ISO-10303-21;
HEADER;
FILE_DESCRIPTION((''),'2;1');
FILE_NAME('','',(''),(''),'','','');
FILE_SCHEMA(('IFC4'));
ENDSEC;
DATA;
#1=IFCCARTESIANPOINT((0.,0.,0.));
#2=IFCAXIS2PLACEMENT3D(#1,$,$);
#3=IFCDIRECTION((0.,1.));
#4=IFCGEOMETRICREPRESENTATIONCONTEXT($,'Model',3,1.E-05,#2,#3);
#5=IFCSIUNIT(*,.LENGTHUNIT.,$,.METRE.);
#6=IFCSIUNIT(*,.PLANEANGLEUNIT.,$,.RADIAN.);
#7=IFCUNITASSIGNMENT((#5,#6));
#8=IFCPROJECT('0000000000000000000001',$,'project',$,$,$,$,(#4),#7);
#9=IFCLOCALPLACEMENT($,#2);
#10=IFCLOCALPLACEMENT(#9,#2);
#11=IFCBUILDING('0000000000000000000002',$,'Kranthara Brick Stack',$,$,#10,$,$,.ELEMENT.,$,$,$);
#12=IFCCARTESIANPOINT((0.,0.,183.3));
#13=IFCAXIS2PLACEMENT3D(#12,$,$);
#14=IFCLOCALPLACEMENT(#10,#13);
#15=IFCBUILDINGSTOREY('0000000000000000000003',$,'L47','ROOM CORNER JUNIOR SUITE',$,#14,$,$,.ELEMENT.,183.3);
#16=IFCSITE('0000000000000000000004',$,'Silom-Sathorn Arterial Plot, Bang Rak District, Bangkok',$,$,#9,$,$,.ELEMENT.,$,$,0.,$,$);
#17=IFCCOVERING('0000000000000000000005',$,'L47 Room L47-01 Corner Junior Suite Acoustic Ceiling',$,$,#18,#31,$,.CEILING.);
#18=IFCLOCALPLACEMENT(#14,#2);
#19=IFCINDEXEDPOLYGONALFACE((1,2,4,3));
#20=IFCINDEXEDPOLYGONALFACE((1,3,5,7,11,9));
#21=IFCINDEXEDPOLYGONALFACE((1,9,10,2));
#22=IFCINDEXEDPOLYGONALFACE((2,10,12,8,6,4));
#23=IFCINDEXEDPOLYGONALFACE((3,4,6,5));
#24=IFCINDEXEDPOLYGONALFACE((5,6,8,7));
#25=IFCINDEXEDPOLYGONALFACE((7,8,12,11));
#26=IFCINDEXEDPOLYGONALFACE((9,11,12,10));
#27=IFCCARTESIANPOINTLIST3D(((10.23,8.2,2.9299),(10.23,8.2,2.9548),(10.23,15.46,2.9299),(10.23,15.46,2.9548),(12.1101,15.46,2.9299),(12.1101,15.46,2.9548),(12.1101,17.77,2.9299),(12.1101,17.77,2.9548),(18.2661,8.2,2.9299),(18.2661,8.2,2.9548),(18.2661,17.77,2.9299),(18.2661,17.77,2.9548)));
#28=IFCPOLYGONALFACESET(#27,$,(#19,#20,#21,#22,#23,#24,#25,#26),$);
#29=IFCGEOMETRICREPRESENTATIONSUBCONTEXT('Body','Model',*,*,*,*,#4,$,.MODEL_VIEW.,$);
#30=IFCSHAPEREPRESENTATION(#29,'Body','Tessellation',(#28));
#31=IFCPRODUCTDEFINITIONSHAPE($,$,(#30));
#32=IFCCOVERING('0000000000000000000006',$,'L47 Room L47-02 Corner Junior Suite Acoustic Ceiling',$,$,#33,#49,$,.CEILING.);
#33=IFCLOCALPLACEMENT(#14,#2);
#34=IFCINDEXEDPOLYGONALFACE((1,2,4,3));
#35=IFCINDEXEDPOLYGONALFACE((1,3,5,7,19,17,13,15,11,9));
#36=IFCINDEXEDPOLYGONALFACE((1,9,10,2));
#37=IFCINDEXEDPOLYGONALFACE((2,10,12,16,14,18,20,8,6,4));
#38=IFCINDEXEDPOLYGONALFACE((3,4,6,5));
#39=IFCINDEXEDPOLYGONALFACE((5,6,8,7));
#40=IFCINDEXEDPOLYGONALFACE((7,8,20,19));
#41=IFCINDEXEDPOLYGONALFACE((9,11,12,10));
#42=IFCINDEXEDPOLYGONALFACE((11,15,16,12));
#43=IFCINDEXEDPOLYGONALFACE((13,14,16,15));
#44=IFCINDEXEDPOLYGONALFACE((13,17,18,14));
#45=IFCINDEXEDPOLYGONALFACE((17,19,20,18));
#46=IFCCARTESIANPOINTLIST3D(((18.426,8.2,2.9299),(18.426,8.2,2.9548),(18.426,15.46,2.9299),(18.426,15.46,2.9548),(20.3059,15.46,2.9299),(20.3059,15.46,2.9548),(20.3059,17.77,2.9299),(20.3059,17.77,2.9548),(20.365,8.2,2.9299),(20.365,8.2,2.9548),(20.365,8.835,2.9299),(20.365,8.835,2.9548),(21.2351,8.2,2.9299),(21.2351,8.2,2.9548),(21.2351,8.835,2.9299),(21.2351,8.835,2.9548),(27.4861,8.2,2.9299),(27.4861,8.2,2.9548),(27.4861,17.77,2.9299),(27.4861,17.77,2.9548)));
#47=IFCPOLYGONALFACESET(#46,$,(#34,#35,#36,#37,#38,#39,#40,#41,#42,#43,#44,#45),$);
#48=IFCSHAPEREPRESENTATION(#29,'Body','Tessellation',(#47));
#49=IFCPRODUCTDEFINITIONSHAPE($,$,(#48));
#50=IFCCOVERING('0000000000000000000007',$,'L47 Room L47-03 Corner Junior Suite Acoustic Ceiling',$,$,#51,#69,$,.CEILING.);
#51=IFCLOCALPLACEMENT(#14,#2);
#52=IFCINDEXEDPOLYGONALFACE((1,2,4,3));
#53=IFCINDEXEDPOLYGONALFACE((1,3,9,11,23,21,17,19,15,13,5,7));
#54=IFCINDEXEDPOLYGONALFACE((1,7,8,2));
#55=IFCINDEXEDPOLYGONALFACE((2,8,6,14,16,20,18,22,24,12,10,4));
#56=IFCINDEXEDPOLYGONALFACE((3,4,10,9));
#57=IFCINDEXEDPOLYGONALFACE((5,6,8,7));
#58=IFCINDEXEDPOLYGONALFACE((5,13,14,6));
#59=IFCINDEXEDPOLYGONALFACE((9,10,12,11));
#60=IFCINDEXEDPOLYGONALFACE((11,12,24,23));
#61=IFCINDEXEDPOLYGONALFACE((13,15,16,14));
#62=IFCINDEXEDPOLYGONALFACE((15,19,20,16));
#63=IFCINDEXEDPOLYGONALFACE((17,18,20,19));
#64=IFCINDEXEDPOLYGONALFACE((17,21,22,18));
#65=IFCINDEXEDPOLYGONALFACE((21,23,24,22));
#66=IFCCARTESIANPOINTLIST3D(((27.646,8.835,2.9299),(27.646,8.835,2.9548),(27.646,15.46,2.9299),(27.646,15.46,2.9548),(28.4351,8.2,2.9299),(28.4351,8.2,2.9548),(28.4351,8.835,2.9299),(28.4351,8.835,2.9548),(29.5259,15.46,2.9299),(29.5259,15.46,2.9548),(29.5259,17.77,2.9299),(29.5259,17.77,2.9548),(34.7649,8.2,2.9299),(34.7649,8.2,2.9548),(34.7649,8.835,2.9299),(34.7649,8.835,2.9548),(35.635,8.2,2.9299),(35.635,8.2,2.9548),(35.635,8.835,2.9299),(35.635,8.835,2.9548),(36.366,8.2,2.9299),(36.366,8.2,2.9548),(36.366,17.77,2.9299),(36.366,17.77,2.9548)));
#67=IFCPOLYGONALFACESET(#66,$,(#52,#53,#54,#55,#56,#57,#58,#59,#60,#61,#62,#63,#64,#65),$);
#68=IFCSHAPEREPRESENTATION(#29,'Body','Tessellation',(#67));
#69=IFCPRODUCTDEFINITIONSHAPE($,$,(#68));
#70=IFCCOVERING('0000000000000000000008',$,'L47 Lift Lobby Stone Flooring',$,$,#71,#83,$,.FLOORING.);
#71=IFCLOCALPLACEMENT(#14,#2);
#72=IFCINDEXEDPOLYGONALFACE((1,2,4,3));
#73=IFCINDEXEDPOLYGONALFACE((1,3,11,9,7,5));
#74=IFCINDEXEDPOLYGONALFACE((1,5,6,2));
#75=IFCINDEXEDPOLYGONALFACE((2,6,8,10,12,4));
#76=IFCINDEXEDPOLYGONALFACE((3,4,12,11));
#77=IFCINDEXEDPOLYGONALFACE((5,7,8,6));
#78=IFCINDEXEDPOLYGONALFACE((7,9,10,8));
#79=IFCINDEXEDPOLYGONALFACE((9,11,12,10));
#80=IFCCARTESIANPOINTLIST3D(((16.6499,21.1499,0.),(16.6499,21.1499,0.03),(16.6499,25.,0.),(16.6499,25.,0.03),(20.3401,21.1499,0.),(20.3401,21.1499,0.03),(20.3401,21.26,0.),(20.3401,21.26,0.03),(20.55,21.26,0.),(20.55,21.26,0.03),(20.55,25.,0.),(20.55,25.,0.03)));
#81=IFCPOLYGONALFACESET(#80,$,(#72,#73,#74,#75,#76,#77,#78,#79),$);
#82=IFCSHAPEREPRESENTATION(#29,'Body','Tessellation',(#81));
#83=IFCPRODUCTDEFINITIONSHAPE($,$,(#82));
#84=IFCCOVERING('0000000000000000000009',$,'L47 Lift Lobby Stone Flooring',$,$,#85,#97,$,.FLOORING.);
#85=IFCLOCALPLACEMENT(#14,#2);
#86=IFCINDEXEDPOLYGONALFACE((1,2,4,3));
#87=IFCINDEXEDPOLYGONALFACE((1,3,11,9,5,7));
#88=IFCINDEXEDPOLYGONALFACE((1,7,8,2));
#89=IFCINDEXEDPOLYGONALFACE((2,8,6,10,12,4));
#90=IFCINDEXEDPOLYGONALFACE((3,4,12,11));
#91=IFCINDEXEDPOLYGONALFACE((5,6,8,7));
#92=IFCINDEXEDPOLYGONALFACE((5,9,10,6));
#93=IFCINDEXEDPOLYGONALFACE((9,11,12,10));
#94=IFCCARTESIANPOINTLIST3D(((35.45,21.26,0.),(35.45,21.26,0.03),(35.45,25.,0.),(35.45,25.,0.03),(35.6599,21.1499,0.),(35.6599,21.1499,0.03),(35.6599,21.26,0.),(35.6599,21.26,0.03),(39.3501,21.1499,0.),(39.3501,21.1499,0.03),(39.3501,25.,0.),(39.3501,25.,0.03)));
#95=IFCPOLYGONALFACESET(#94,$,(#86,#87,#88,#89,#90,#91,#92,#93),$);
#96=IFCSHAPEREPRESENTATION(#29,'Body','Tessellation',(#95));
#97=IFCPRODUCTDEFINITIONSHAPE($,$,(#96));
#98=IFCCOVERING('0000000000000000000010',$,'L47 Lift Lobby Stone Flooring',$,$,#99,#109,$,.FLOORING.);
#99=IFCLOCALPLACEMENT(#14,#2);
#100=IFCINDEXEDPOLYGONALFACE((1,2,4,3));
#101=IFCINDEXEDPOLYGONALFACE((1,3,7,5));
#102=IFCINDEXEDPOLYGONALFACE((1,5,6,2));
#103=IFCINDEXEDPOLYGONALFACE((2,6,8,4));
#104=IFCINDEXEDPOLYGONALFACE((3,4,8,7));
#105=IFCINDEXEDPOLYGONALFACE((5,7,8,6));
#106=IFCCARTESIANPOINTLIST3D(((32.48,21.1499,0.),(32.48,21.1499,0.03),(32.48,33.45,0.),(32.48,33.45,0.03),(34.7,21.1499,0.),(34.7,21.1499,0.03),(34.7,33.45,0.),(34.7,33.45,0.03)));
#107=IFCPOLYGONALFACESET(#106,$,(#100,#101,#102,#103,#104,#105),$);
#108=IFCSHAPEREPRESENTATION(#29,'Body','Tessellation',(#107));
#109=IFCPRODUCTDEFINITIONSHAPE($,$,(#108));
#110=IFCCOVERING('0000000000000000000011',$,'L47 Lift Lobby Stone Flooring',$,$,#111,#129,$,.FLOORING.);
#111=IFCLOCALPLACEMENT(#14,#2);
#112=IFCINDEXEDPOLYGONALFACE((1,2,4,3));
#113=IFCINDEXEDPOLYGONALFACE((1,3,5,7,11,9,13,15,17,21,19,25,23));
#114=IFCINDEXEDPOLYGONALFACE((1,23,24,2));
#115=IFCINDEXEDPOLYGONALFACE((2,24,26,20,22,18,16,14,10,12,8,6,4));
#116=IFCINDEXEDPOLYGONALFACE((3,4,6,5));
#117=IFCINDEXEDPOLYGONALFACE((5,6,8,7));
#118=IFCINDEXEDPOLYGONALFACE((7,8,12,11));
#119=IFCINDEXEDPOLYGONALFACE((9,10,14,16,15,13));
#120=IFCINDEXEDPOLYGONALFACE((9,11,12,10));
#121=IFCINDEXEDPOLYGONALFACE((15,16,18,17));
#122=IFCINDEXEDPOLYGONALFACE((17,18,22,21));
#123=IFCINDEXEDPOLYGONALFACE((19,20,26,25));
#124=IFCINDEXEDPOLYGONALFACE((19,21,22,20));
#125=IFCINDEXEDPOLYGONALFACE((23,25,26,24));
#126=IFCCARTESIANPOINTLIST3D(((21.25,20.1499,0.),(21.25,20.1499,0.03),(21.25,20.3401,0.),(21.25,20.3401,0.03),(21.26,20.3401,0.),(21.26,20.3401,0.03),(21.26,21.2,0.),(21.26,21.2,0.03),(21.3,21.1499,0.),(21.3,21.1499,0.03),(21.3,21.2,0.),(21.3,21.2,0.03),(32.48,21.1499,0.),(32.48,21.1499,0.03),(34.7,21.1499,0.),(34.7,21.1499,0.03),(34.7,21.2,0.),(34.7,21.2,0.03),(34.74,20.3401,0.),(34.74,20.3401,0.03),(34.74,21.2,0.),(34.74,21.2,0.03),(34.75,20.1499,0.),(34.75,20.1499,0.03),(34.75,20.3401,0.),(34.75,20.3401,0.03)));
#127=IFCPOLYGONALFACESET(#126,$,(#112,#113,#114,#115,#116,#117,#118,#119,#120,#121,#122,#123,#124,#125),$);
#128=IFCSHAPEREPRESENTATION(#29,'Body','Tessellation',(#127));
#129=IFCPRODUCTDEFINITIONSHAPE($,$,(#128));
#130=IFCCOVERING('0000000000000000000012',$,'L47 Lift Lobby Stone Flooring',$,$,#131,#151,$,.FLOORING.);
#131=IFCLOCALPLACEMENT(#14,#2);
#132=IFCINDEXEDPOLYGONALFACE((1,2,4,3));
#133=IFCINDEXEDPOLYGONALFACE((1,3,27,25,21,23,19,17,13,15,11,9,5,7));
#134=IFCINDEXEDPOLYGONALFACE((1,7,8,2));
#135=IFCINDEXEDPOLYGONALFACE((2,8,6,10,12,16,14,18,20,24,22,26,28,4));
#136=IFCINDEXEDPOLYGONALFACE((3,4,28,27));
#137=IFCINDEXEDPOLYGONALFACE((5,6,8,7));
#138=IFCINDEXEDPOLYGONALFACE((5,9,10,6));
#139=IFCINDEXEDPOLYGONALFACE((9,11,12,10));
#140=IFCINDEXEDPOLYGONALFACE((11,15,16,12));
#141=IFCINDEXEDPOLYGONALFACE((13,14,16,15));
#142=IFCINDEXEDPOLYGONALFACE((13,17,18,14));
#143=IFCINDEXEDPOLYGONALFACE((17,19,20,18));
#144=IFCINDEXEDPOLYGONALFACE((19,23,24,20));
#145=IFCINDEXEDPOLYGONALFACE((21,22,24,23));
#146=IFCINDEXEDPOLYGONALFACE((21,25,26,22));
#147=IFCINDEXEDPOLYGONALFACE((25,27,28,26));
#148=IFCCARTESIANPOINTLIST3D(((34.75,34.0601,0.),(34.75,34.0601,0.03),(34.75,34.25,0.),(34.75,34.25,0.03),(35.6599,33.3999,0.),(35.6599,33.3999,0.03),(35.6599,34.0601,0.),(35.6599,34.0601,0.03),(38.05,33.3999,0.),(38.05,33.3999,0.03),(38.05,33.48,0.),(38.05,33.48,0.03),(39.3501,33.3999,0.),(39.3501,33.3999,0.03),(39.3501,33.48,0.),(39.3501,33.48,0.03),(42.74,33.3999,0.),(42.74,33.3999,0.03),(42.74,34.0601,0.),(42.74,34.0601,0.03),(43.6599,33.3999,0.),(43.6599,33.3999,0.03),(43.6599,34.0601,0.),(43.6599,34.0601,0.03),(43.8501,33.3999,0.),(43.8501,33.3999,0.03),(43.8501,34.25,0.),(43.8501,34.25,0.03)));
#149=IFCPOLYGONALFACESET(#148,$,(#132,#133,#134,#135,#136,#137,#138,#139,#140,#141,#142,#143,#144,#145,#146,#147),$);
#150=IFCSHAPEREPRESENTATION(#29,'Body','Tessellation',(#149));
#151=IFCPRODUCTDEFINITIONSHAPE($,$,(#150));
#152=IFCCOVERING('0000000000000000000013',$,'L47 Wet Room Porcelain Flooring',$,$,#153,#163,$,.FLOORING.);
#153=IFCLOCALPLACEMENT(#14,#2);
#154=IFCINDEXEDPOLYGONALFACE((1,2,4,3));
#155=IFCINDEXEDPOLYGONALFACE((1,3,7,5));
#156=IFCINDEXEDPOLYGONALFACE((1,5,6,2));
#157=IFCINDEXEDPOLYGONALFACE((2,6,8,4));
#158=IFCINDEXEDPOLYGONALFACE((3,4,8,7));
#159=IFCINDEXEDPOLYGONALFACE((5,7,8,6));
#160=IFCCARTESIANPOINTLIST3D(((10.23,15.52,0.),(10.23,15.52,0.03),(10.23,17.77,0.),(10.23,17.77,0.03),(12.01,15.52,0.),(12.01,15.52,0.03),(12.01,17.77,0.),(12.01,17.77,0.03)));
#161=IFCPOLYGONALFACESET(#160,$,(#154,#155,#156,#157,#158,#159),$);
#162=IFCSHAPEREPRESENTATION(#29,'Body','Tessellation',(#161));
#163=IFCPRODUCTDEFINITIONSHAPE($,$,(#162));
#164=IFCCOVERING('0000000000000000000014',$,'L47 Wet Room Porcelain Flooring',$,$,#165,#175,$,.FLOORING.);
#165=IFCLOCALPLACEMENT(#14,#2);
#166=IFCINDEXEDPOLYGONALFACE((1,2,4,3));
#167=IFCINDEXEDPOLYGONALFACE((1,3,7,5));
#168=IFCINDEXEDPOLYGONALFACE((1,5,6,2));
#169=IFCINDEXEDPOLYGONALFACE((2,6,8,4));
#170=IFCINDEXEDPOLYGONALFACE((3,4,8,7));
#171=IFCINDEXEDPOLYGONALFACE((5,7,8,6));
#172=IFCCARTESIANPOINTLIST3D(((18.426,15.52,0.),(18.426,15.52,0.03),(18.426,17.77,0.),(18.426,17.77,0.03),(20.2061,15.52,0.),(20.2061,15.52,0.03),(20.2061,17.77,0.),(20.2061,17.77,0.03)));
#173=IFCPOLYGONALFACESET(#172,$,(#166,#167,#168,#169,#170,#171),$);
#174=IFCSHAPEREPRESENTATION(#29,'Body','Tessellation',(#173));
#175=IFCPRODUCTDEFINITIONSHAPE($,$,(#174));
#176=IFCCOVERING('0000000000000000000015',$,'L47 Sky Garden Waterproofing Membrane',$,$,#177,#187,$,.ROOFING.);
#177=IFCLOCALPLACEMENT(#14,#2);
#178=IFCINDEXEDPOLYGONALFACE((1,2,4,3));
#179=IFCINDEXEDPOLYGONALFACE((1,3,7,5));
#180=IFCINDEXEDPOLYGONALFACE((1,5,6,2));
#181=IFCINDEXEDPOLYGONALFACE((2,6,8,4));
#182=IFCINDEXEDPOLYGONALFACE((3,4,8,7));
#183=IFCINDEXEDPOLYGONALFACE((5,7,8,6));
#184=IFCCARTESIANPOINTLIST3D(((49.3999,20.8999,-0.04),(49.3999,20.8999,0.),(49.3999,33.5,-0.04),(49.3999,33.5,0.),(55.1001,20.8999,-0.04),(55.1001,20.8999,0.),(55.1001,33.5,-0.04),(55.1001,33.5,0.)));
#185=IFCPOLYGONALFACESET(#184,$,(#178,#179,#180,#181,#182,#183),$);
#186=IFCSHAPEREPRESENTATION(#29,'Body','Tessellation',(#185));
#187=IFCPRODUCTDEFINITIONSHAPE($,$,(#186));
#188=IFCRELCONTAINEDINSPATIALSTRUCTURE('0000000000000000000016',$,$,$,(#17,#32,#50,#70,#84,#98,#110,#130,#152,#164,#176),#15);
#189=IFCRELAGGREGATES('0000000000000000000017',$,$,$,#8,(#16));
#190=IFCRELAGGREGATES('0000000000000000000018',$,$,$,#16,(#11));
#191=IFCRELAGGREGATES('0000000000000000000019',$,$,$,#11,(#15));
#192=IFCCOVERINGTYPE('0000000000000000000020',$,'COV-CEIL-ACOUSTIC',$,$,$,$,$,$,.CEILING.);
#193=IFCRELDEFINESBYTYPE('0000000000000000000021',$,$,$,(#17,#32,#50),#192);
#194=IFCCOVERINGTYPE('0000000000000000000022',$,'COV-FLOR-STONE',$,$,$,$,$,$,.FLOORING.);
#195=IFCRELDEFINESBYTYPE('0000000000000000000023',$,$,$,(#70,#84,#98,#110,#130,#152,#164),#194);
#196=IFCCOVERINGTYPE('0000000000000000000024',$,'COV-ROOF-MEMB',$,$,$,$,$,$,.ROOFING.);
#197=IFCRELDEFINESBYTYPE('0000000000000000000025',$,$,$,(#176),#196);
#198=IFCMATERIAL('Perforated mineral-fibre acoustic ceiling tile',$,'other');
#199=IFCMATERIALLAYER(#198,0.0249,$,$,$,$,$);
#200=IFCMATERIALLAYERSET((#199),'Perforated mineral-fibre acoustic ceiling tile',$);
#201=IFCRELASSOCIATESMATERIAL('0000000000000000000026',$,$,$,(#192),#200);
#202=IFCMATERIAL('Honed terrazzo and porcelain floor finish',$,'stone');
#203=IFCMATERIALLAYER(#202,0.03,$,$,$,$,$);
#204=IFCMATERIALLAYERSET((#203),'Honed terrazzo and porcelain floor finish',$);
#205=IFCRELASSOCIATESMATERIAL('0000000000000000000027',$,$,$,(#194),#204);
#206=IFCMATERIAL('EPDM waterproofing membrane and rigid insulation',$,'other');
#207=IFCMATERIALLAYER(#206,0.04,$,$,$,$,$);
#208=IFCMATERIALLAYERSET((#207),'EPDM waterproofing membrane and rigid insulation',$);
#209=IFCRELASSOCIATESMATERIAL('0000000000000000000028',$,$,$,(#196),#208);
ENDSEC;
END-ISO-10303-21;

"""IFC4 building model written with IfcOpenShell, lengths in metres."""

from ifc_helpers import new_model, si_unit, direction, frame, origin, place, context, subcontext, project, spatial, polyline, outline, extrude, material, layer, layer_set, type_object, element, save


model = new_model("IFC4")

# Units and contexts
model_context = context("Model", 3, precision=1e-05, world=origin(), true_north=direction((0.0, 1.0)))
body_context = subcontext(model_context, "Body", "Model", "MODEL_VIEW")
ifc_project = project(units=[si_unit("LENGTHUNIT", "METRE"), si_unit("PLANEANGLEUNIT", "RADIAN")], contexts=[model_context])

# Site, building, storey
site_placement = place(None, origin())
site = spatial("IfcSite", under=ifc_project, at=site_placement, Name="Silom-Sathorn Arterial Plot, Bang Rak District, Bangkok", CompositionType="ELEMENT", RefElevation=0.0)
building_placement = place(site_placement, origin())
building = spatial("IfcBuilding", under=site, at=building_placement, Name="Kranthara Brick Stack", CompositionType="ELEMENT")
storey_placement = place(building_placement, frame((0.0, 0.0, 183.3)))
storey = spatial("IfcBuildingStorey", under=building, at=storey_placement, Name="L47", Description="ROOM CORNER JUNIOR SUITE", CompositionType="ELEMENT", Elevation=183.3)

# Coverings
ifc_material_1 = material(Name="Perforated mineral-fibre acoustic ceiling tile", Category="other")
ifc_layer_1 = layer(ifc_material_1, 0.0249)
ifc_layer_set_1 = layer_set([ifc_layer_1], Name="Perforated mineral-fibre acoustic ceiling tile")
covering_type_1 = type_object("IfcCoveringType", Name="COV-CEIL-ACOUSTIC", PredefinedType="CEILING", material=ifc_layer_set_1)
covering_1_placement = place(storey_placement, frame((0.0, 0.0, 2.9299)))
element("IfcCovering", 1, at=covering_1_placement, inside=storey, type_object=covering_type_1, Name="L47 Room L47-01 Corner Junior Suite Acoustic Ceiling", PredefinedType="CEILING", context=body_context, shape_type="SweptSolid", body=[
    extrude(outline(polyline([(10.23, 8.2), (18.2661, 8.2), (18.2661, 17.77), (12.1101, 17.77), (12.1101, 15.46), (10.23, 15.46), (10.23, 8.2)])), origin(), (0.0, 0.0, 1.0), 0.0249),
])
covering_2_placement = place(storey_placement, frame((0.0, 0.0, 2.9299)))
element("IfcCovering", 2, at=covering_2_placement, inside=storey, type_object=covering_type_1, Name="L47 Room L47-02 Corner Junior Suite Acoustic Ceiling", PredefinedType="CEILING", context=body_context, shape_type="SweptSolid", body=[
    extrude(outline(polyline([(18.426, 8.2), (18.426, 15.46), (20.3059, 15.46), (20.3059, 17.77), (27.4861, 17.77), (27.4861, 8.2), (21.2351, 8.2), (21.2351, 8.835), (20.365, 8.835), (20.365, 8.2), (18.426, 8.2)])), origin(), (0.0, 0.0, 1.0), 0.0249),
])
covering_3_placement = place(storey_placement, frame((0.0, 0.0, 2.9299)))
element("IfcCovering", 3, at=covering_3_placement, inside=storey, type_object=covering_type_1, Name="L47 Room L47-03 Corner Junior Suite Acoustic Ceiling", PredefinedType="CEILING", context=body_context, shape_type="SweptSolid", body=[
    extrude(outline(polyline([(29.5259, 15.46), (29.5259, 17.77), (36.366, 17.77), (36.366, 8.2), (35.635, 8.2), (35.635, 8.835), (34.7649, 8.835), (34.7649, 8.2), (28.4351, 8.2), (28.4351, 8.835), (27.646, 8.835), (27.646, 15.46), (29.5259, 15.46)])), origin(), (0.0, 0.0, 1.0), 0.0249),
])
ifc_material_2 = material(Name="Honed terrazzo and porcelain floor finish", Category="stone")
ifc_layer_2 = layer(ifc_material_2, 0.03)
ifc_layer_set_2 = layer_set([ifc_layer_2], Name="Honed terrazzo and porcelain floor finish")
covering_type_2 = type_object("IfcCoveringType", Name="COV-FLOR-STONE", PredefinedType="FLOORING", material=ifc_layer_set_2)
covering_4_placement = place(storey_placement, origin())
element("IfcCovering", 4, at=covering_4_placement, inside=storey, type_object=covering_type_2, Name="L47 Lift Lobby Stone Flooring", PredefinedType="FLOORING", context=body_context, shape_type="SweptSolid", body=[
    extrude(outline(polyline([(16.6499, 21.1499), (16.6499, 25.0), (20.55, 25.0), (20.55, 21.26), (20.3401, 21.26), (20.3401, 21.1499), (16.6499, 21.1499)])), origin(), (0.0, 0.0, 1.0), 0.03),
])
covering_5_placement = place(storey_placement, origin())
element("IfcCovering", 5, at=covering_5_placement, inside=storey, type_object=covering_type_2, Name="L47 Lift Lobby Stone Flooring", PredefinedType="FLOORING", context=body_context, shape_type="SweptSolid", body=[
    extrude(outline(polyline([(35.45, 25.0), (39.3501, 25.0), (39.3501, 21.1499), (35.6599, 21.1499), (35.6599, 21.26), (35.45, 21.26), (35.45, 25.0)])), origin(), (0.0, 0.0, 1.0), 0.03),
])
covering_6_placement = place(storey_placement, origin())
element("IfcCovering", 6, at=covering_6_placement, inside=storey, type_object=covering_type_2, Name="L47 Lift Lobby Stone Flooring", PredefinedType="FLOORING", context=body_context, shape_type="SweptSolid", body=[
    extrude(outline(polyline([(34.7, 21.1499), (34.7, 33.45), (32.48, 33.45), (32.48, 21.1499), (34.7, 21.1499)])), origin(), (0.0, 0.0, 1.0), 0.03),
])
covering_7_placement = place(storey_placement, origin())
element("IfcCovering", 7, at=covering_7_placement, inside=storey, type_object=covering_type_2, Name="L47 Lift Lobby Stone Flooring", PredefinedType="FLOORING", context=body_context, shape_type="SweptSolid", body=[
    extrude(outline(polyline([(21.25, 20.3401), (21.26, 20.3401), (21.26, 21.2), (21.3, 21.2), (21.3, 21.1499), (32.48, 21.1499), (34.7, 21.1499), (34.7, 21.2), (34.74, 21.2), (34.74, 20.3401), (34.75, 20.3401), (34.75, 20.1499), (21.25, 20.1499), (21.25, 20.3401)])), origin(), (0.0, 0.0, 1.0), 0.03),
])
covering_8_placement = place(storey_placement, origin())
element("IfcCovering", 8, at=covering_8_placement, inside=storey, type_object=covering_type_2, Name="L47 Lift Lobby Stone Flooring", PredefinedType="FLOORING", context=body_context, shape_type="SweptSolid", body=[
    extrude(outline(polyline([(43.6599, 33.3999), (43.6599, 34.0601), (42.74, 34.0601), (42.74, 33.3999), (39.3501, 33.3999), (39.3501, 33.48), (38.05, 33.48), (38.05, 33.3999), (35.6599, 33.3999), (35.6599, 34.0601), (34.75, 34.0601), (34.75, 34.25), (43.8501, 34.25), (43.8501, 33.3999), (43.6599, 33.3999)])), origin(), (0.0, 0.0, 1.0), 0.03),
])
covering_9_placement = place(storey_placement, origin())
element("IfcCovering", 9, at=covering_9_placement, inside=storey, type_object=covering_type_2, Name="L47 Wet Room Porcelain Flooring", PredefinedType="FLOORING", context=body_context, shape_type="SweptSolid", body=[
    extrude(outline(polyline([(10.23, 15.52), (10.23, 17.77), (12.01, 17.77), (12.01, 15.52), (10.23, 15.52)])), origin(), (0.0, 0.0, 1.0), 0.03),
])
covering_10_placement = place(storey_placement, origin())
element("IfcCovering", 10, at=covering_10_placement, inside=storey, type_object=covering_type_2, Name="L47 Wet Room Porcelain Flooring", PredefinedType="FLOORING", context=body_context, shape_type="SweptSolid", body=[
    extrude(outline(polyline([(18.426, 15.52), (18.426, 17.77), (20.2061, 17.77), (20.2061, 15.52), (18.426, 15.52)])), origin(), (0.0, 0.0, 1.0), 0.03),
])
ifc_material_3 = material(Name="EPDM waterproofing membrane and rigid insulation", Category="other")
ifc_layer_3 = layer(ifc_material_3, 0.04)
ifc_layer_set_3 = layer_set([ifc_layer_3], Name="EPDM waterproofing membrane and rigid insulation")
covering_type_3 = type_object("IfcCoveringType", Name="COV-ROOF-MEMB", PredefinedType="ROOFING", material=ifc_layer_set_3)
covering_11_placement = place(storey_placement, frame((0.0, 0.0, -0.04)))
element("IfcCovering", 11, at=covering_11_placement, inside=storey, type_object=covering_type_3, Name="L47 Sky Garden Waterproofing Membrane", PredefinedType="ROOFING", context=body_context, shape_type="SweptSolid", body=[
    extrude(outline(polyline([(49.3999, 20.8999), (55.1001, 20.8999), (55.1001, 33.5), (49.3999, 33.5), (49.3999, 20.8999)])), origin(), (0.0, 0.0, 1.0), 0.04),
])

save(model, "model.ifc")
